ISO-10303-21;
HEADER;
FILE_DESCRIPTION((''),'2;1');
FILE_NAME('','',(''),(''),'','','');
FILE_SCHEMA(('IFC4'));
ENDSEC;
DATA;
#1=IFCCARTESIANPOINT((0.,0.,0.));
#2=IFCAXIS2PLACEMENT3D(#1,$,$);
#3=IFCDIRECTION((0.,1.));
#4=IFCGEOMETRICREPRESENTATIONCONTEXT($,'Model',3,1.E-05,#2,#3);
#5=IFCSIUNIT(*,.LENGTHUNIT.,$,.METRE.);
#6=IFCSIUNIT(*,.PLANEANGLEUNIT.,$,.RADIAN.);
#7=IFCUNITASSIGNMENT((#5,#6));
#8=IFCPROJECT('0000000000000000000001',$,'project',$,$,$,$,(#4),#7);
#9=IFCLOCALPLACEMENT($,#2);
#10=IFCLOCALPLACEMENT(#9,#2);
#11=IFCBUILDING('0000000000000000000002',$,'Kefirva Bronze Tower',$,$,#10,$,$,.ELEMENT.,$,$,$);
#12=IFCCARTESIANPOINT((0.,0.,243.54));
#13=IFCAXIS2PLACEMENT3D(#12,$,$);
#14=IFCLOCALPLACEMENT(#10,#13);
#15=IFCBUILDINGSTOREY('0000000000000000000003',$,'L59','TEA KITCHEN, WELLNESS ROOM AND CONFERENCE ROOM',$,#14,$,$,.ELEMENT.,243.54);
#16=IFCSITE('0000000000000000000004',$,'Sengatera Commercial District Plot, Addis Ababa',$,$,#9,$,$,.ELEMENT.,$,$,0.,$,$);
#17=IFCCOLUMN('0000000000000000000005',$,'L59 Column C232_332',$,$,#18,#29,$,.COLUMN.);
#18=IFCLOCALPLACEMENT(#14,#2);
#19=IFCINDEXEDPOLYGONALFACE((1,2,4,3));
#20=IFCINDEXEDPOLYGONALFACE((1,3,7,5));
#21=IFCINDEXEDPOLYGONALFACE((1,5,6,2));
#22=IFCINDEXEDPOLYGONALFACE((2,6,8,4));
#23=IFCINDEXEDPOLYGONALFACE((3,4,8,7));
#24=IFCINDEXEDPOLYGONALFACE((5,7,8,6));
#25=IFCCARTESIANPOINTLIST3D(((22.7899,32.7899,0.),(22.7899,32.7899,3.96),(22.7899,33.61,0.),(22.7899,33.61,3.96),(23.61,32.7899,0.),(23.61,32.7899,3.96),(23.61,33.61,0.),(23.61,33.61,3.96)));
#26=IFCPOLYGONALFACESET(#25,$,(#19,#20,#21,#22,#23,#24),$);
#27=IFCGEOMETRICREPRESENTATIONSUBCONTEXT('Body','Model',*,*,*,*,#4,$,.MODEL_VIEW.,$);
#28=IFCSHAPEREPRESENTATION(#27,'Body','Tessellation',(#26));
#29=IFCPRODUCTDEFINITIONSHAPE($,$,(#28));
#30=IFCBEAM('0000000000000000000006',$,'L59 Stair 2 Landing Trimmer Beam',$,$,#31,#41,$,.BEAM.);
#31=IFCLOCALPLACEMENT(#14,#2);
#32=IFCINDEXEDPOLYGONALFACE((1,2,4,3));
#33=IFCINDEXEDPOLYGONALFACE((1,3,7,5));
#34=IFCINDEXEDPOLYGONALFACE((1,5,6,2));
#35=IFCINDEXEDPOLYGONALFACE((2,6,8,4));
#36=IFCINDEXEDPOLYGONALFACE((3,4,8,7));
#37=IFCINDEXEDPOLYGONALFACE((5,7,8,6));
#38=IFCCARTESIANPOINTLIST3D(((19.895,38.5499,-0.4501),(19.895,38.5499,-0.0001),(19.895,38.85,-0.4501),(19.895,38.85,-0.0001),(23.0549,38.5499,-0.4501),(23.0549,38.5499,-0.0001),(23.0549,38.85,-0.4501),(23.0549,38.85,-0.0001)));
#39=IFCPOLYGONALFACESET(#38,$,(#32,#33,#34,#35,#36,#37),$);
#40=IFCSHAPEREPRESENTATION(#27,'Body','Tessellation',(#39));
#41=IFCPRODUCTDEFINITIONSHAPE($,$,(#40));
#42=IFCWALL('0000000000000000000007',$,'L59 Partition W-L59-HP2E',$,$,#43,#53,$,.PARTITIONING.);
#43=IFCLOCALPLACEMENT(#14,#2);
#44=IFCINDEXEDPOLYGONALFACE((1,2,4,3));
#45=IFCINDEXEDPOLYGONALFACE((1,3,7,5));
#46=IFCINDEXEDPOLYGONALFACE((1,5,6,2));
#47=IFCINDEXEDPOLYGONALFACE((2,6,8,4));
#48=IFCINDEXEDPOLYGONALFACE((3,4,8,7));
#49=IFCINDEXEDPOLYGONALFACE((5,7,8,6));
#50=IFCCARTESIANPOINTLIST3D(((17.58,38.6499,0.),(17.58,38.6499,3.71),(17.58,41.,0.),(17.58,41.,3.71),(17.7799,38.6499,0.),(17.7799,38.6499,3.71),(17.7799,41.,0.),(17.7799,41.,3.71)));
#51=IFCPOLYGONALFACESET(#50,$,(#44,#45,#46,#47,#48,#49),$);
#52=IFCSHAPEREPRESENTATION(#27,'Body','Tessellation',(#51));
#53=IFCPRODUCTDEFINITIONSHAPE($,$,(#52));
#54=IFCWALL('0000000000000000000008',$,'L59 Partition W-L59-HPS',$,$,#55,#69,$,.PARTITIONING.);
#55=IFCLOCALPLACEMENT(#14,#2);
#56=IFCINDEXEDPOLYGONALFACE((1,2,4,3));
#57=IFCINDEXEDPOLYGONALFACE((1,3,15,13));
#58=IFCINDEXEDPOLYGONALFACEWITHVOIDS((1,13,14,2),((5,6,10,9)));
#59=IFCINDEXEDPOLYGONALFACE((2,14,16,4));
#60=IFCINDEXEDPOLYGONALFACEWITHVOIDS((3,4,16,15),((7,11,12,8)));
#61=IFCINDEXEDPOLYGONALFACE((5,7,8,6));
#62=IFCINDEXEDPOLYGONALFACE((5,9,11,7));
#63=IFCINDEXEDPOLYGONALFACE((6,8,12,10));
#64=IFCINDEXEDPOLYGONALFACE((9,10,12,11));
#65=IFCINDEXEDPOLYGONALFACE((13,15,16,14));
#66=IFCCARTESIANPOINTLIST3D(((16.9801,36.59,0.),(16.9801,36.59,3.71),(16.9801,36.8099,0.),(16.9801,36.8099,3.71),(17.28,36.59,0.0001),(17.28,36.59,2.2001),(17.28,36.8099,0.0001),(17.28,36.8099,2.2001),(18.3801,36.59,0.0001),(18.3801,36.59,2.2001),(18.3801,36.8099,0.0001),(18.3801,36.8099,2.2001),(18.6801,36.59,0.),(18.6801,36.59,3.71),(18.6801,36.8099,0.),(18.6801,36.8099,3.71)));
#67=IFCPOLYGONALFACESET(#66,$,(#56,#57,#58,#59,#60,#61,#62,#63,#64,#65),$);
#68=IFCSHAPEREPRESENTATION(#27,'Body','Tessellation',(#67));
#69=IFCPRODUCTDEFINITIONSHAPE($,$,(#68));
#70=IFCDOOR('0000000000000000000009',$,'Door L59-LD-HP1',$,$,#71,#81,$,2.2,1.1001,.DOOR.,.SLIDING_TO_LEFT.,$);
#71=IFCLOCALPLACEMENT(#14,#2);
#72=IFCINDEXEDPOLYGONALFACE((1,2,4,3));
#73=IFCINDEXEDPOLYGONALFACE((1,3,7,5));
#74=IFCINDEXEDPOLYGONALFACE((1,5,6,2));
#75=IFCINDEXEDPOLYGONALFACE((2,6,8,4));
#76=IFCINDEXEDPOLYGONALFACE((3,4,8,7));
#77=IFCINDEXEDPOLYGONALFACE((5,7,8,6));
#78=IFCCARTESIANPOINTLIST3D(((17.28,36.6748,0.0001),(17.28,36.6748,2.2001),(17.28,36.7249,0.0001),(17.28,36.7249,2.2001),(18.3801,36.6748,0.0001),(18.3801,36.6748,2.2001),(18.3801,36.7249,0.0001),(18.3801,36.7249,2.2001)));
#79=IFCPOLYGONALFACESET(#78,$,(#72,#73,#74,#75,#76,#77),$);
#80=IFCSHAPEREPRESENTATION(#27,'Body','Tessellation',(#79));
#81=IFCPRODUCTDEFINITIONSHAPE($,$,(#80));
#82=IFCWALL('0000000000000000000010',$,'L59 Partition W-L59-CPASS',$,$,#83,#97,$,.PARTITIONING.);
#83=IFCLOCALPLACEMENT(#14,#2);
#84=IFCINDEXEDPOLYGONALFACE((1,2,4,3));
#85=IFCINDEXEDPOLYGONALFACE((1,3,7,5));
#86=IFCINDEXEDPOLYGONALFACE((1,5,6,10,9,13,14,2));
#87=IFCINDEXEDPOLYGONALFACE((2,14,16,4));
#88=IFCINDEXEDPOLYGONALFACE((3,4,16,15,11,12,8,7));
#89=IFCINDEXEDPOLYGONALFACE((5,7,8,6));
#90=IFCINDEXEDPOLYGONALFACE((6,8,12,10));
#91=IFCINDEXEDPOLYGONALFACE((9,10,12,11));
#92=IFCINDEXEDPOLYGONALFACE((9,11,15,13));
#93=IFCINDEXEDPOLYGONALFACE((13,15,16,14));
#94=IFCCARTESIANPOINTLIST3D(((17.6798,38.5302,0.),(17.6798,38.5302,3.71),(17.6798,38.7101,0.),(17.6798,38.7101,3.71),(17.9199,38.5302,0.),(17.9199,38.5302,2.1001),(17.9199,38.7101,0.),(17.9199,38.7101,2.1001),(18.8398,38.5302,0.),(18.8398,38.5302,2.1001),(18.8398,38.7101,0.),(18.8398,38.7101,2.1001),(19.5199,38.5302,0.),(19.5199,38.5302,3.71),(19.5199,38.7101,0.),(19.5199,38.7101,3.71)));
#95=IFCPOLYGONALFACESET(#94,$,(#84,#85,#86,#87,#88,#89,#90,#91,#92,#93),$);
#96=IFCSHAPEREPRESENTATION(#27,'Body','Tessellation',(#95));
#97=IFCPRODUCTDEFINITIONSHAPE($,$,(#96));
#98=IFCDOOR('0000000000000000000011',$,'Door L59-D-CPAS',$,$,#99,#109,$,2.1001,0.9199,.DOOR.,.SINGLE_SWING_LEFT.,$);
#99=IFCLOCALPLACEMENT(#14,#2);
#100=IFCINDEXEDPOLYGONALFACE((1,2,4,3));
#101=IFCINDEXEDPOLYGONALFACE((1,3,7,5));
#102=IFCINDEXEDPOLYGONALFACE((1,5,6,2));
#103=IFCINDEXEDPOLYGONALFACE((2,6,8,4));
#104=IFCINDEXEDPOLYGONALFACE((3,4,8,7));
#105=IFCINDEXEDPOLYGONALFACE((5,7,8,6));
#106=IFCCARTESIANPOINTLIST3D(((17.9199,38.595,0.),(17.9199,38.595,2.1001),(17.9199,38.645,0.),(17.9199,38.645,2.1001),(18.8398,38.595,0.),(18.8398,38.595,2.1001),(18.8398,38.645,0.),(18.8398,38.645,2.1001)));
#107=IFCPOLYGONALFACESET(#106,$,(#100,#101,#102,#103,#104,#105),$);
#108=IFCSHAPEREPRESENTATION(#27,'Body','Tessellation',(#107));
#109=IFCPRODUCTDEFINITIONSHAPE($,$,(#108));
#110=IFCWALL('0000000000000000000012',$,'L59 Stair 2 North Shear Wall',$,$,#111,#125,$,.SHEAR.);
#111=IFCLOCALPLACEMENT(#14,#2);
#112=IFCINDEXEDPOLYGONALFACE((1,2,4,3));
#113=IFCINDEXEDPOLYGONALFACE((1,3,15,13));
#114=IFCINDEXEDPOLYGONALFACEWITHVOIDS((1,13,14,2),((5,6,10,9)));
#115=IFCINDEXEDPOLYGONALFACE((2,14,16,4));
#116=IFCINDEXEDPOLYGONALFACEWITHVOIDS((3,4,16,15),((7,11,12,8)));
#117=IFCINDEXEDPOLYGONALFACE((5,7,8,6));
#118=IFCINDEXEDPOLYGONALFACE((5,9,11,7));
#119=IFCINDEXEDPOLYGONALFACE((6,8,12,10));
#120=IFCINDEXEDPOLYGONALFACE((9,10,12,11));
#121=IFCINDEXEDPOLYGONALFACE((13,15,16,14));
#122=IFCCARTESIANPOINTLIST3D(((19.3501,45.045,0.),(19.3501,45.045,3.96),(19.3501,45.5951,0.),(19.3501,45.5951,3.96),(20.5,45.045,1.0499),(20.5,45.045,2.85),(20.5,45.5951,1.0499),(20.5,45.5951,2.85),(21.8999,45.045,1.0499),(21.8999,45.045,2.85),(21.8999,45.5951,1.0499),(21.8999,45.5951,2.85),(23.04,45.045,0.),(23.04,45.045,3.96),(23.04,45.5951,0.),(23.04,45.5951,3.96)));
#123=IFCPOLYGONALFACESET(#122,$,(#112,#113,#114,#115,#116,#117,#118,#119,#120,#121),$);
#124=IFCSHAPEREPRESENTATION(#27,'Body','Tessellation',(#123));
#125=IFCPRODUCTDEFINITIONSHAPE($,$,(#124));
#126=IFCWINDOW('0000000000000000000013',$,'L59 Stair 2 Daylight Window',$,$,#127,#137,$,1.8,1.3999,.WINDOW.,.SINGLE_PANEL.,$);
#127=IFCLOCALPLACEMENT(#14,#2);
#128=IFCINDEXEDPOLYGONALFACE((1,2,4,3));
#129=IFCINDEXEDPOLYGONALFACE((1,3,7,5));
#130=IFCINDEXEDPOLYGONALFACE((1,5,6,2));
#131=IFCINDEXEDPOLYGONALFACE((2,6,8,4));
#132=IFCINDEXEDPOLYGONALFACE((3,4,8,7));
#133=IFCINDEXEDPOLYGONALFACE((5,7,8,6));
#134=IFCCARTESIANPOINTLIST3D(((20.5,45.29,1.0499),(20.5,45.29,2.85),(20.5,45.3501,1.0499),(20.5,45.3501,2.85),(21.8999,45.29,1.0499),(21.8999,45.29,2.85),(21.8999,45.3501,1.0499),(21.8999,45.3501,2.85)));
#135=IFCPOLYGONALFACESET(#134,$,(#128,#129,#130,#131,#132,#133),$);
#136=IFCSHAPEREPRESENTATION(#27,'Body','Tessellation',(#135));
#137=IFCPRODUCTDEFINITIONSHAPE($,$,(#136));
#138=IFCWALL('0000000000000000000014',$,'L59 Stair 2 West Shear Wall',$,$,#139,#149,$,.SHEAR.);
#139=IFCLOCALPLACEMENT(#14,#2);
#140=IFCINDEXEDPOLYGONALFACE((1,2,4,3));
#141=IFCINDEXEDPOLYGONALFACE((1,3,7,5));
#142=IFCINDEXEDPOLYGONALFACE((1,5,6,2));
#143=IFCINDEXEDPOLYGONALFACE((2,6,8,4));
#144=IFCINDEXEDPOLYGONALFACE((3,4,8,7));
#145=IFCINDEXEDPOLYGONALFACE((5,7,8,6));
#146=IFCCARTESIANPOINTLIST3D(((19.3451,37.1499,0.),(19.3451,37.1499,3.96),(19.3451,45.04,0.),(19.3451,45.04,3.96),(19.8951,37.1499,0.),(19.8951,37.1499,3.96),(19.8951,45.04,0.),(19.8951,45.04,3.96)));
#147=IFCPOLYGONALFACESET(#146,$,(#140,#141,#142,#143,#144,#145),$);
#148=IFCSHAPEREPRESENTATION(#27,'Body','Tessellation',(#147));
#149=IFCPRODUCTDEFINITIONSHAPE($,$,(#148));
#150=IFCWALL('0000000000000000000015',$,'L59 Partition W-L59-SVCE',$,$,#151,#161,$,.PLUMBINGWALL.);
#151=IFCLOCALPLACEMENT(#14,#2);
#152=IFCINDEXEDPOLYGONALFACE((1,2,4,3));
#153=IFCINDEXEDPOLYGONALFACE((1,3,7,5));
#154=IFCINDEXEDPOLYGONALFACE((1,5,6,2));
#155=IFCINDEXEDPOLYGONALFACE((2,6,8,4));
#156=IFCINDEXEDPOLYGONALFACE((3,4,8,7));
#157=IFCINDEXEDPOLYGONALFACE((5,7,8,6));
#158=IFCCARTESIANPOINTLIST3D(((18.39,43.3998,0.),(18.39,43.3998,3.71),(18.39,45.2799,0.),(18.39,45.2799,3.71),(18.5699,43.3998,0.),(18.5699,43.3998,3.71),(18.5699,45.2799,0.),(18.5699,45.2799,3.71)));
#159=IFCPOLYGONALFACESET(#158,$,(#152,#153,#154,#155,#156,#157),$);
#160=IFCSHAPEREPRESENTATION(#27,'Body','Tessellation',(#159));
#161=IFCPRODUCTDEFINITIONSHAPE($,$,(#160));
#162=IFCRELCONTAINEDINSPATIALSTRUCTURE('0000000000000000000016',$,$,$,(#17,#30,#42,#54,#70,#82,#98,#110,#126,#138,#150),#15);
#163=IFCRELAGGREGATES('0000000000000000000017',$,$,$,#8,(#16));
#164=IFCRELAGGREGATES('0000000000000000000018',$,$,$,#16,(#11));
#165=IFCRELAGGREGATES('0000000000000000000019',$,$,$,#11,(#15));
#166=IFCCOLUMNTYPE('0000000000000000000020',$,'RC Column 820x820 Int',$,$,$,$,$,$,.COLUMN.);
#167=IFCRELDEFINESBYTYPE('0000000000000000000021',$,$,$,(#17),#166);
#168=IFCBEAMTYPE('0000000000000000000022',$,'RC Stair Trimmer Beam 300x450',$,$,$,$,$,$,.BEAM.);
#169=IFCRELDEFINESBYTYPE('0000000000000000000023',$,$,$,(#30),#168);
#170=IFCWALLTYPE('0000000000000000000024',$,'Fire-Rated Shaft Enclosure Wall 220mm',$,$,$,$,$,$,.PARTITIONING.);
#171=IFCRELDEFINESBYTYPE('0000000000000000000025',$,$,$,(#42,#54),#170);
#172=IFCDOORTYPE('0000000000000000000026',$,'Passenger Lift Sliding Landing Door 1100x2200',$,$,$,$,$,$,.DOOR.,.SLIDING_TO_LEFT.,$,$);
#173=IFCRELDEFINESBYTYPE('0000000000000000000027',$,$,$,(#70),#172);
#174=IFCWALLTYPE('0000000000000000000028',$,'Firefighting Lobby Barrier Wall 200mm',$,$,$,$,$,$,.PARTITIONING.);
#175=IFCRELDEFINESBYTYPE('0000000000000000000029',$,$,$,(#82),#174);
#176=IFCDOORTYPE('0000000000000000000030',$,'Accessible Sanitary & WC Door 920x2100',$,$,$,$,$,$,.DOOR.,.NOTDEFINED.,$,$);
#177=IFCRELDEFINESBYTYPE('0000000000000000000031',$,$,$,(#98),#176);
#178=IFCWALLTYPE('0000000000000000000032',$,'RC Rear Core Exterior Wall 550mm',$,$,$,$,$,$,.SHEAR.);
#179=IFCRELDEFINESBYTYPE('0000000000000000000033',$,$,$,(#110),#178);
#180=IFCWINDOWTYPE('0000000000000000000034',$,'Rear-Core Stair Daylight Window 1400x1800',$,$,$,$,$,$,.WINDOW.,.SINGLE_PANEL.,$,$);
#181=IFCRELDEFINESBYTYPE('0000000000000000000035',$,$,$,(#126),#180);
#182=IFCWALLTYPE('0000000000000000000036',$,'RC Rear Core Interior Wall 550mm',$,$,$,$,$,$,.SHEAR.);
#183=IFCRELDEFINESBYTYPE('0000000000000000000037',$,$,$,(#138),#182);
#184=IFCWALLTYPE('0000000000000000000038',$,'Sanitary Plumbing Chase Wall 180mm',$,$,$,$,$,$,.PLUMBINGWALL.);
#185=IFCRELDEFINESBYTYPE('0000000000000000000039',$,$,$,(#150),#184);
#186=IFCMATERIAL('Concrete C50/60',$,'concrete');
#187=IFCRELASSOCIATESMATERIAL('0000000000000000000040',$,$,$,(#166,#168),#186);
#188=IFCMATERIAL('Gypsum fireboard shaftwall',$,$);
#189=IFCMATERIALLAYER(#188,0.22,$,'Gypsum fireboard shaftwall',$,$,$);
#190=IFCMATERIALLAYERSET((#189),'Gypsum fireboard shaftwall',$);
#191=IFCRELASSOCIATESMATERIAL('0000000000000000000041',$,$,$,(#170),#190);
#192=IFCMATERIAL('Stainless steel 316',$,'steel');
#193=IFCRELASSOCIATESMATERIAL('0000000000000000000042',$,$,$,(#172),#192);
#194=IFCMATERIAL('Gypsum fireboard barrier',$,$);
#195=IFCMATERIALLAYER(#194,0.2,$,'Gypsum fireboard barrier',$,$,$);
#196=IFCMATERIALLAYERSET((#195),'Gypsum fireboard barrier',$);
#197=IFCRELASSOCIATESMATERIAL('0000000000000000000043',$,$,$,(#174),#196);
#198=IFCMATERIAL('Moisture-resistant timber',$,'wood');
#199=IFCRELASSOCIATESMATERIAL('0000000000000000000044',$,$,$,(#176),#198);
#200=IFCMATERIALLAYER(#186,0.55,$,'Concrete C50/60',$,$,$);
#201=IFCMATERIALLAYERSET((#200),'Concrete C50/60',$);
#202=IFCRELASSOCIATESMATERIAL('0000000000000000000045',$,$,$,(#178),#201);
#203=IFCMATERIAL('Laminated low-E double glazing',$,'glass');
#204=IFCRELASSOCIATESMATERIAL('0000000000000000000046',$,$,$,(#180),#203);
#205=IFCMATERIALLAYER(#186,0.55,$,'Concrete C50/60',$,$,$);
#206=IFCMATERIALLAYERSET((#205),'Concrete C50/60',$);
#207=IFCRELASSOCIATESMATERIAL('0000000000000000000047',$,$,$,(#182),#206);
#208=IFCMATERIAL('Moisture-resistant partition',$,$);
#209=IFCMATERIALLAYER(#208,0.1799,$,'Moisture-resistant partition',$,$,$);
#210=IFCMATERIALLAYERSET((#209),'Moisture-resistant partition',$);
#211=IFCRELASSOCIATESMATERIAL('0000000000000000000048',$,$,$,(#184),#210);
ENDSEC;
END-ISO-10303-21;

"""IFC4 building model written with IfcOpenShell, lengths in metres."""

from ifc_helpers import new_model, si_unit, direction, frame, frame_2d, origin, origin_2d, place, context, subcontext, project, spatial, rectangle, extrude, material, layer, layer_set, material_profile, profile_set, type_object, element, fill, save


model = new_model("IFC4")

# Units and contexts
model_context = context("Model", 3, precision=1e-05, world=origin(), true_north=direction((0.0, 1.0)))
body_context = subcontext(model_context, "Body", "Model", "MODEL_VIEW")
ifc_project = project(units=[si_unit("LENGTHUNIT", "METRE"), si_unit("PLANEANGLEUNIT", "RADIAN")], contexts=[model_context])

# Site, building, storey
site_placement = place(None, origin())
site = spatial("IfcSite", under=ifc_project, at=site_placement, Name="Sengatera Commercial District Plot, Addis Ababa", CompositionType="ELEMENT", RefElevation=0.0)
building_placement = place(site_placement, origin())
building = spatial("IfcBuilding", under=site, at=building_placement, Name="Kefirva Bronze Tower", CompositionType="ELEMENT")
storey_placement = place(building_placement, frame((0.0, 0.0, 243.54)))
storey = spatial("IfcBuildingStorey", under=building, at=storey_placement, Name="L59", Description="TEA KITCHEN, WELLNESS ROOM AND CONFERENCE ROOM", CompositionType="ELEMENT", Elevation=243.54)

# Column
ifc_material_1 = material(Name="Concrete C50/60", Category="concrete")
ifc_material_profile_1 = material_profile(ifc_material_1, rectangle(XDim=0.8201, YDim=0.8201, at=origin_2d()), Name="RC 820x820")
ifc_profile_set_1 = profile_set([ifc_material_profile_1], Name="Concrete C50/60")
column_type = type_object("IfcColumnType", Name="RC Column 820x820 Int", PredefinedType="COLUMN", material=ifc_profile_set_1)
column_placement = place(storey_placement, frame((23.2, 33.2, 0.0), z_axis=(0.0, 0.0, 1.0), x_axis=(1.0, 0.0, 0.0)))
element("IfcColumn", 1, at=column_placement, inside=storey, type_object=column_type, Name="L59 Column C232_332", PredefinedType="COLUMN", context=body_context, shape_type="SweptSolid", body=[
    extrude(rectangle(XDim=0.8201, YDim=0.8201, at=origin_2d()), origin(), (0.0, 0.0, 1.0), 3.96),
])

# Beam
ifc_material_profile_2 = material_profile(ifc_material_1, rectangle(XDim=0.3, YDim=0.45, at=origin_2d()), Name="RC 300x450")
ifc_profile_set_2 = profile_set([ifc_material_profile_2], Name="Concrete C50/60")
beam_type = type_object("IfcBeamType", Name="RC Stair Trimmer Beam 300x450", PredefinedType="BEAM", material=ifc_profile_set_2)
beam_placement = place(storey_placement, frame((19.895, 38.7, -0.2251), z_axis=(1.0, 0.0, 0.0), x_axis=(0.0, 1.0, 0.0)))
element("IfcBeam", 2, at=beam_placement, inside=storey, type_object=beam_type, Name="L59 Stair 2 Landing Trimmer Beam", PredefinedType="BEAM", context=body_context, shape_type="SweptSolid", body=[
    extrude(rectangle(XDim=0.3, YDim=0.45, at=origin_2d()), origin(), (0.0, 0.0, 1.0), 3.1599),
])

# Shared definitions
ifc_material_2 = material(Name="Gypsum fireboard shaftwall")
ifc_layer_1 = layer(ifc_material_2, 0.22, Name="Gypsum fireboard shaftwall")
ifc_layer_set_1 = layer_set([ifc_layer_1], Name="Gypsum fireboard shaftwall")
wall_type_1 = type_object("IfcWallType", Name="Fire-Rated Shaft Enclosure Wall 220mm", PredefinedType="PARTITIONING", material=ifc_layer_set_1)

# Wall
wall_1_placement = place(storey_placement, frame((17.6799, 38.6499, 0.0), z_axis=(0.0, 0.0, 1.0), x_axis=(0.0, 1.0, 0.0)))
element("IfcWall", 3, at=wall_1_placement, inside=storey, type_object=wall_type_1, Name="L59 Partition W-L59-HP2E", PredefinedType="PARTITIONING", context=body_context, shape_type="SweptSolid", body=[
    extrude(rectangle(XDim=2.3501, YDim=0.2, at=frame_2d((1.175, 0.0))), origin(), (0.0, 0.0, 1.0), 3.71),
])

# Walls, openings, doors
wall_2_placement = place(storey_placement, frame((16.98, 36.7, 0.0), z_axis=(0.0, 0.0, 1.0), x_axis=(1.0, 0.0, 0.0)))
wall_2 = element("IfcWall", 4, at=wall_2_placement, inside=storey, type_object=wall_type_1, Name="L59 Partition W-L59-HPS", PredefinedType="PARTITIONING", context=body_context, shape_type="SweptSolid", body=[
    extrude(rectangle(XDim=1.7, YDim=0.22, at=frame_2d((0.8501, 0.0))), origin(), (0.0, 0.0, 1.0), 3.71),
])
opening_1_placement = place(wall_2_placement, frame((0.3, 0.0, 0.0)))
opening_1 = element("IfcOpeningElement", 5, at=opening_1_placement, cuts=wall_2, PredefinedType="OPENING", context=body_context, shape_type="SweptSolid", body=[
    extrude(rectangle(XDim=1.1001, YDim=2.2, at=frame_2d((0.55, 1.1001))), frame((0.0, 0.1201, 0.0), z_axis=(0.0, -1.0, 0.0), x_axis=(1.0, 0.0, 0.0)), (0.0, 0.0, 1.0), 0.24),
])
ifc_material_3 = material(Name="Stainless steel 316", Category="steel")
door_type_1 = type_object("IfcDoorType", Name="Passenger Lift Sliding Landing Door 1100x2200", OperationType="SLIDING_TO_LEFT", PredefinedType="DOOR", material=ifc_material_3)
door_1_placement = place(opening_1_placement, origin())
door_1 = element("IfcDoor", 6, at=door_1_placement, inside=storey, type_object=door_type_1, Name="Door L59-LD-HP1", OperationType="SLIDING_TO_LEFT", OverallHeight=2.2, OverallWidth=1.1001, PredefinedType="DOOR", context=body_context, shape_type="SweptSolid", body=[
    extrude(rectangle(XDim=1.1001, YDim=2.2, at=frame_2d((0.55, 1.1001))), frame((0.0, 0.0249, 0.0), z_axis=(0.0, -1.0, 0.0), x_axis=(1.0, 0.0, 0.0)), (0.0, 0.0, 1.0), 0.05),
])
fill(opening_1, door_1)
ifc_material_4 = material(Name="Gypsum fireboard barrier")
ifc_layer_2 = layer(ifc_material_4, 0.2, Name="Gypsum fireboard barrier")
ifc_layer_set_2 = layer_set([ifc_layer_2], Name="Gypsum fireboard barrier")
wall_type_2 = type_object("IfcWallType", Name="Firefighting Lobby Barrier Wall 200mm", PredefinedType="PARTITIONING", material=ifc_layer_set_2)
wall_3_placement = place(storey_placement, frame((17.6799, 38.6201, 0.0), z_axis=(0.0, 0.0, 1.0), x_axis=(1.0, 0.0, 0.0)))
wall_3 = element("IfcWall", 7, at=wall_3_placement, inside=storey, type_object=wall_type_2, Name="L59 Partition W-L59-CPASS", PredefinedType="PARTITIONING", context=body_context, shape_type="SweptSolid", body=[
    extrude(rectangle(XDim=1.8401, YDim=0.1799, at=frame_2d((0.9199, 0.0))), origin(), (0.0, 0.0, 1.0), 3.71),
])
opening_2_placement = place(wall_3_placement, frame((0.24, 0.0, 0.0)))
opening_2 = element("IfcOpeningElement", 8, at=opening_2_placement, cuts=wall_3, PredefinedType="OPENING", context=body_context, shape_type="SweptSolid", body=[
    extrude(rectangle(XDim=0.9199, YDim=2.1001, at=frame_2d((0.46, 1.05))), frame((0.0, 0.1001, 0.0), z_axis=(0.0, -1.0, 0.0), x_axis=(1.0, 0.0, 0.0)), (0.0, 0.0, 1.0), 0.2),
])
ifc_material_5 = material(Name="Moisture-resistant timber", Category="wood")
door_type_2 = type_object("IfcDoorType", Name="Accessible Sanitary & WC Door 920x2100", OperationType="NOTDEFINED", PredefinedType="DOOR", material=ifc_material_5)
door_2_placement = place(opening_2_placement, origin())
door_2 = element("IfcDoor", 9, at=door_2_placement, inside=storey, type_object=door_type_2, Name="Door L59-D-CPAS", OperationType="SINGLE_SWING_LEFT", OverallHeight=2.1001, OverallWidth=0.9199, PredefinedType="DOOR", context=body_context, shape_type="SweptSolid", body=[
    extrude(rectangle(XDim=0.9199, YDim=2.1001, at=frame_2d((0.46, 1.05))), frame((0.0, 0.0249, 0.0), z_axis=(0.0, -1.0, 0.0), x_axis=(1.0, 0.0, 0.0)), (0.0, 0.0, 1.0), 0.05),
])
fill(opening_2, door_2)

# Wall, opening, window
ifc_layer_3 = layer(ifc_material_1, 0.55, Name="Concrete C50/60")
ifc_layer_set_3 = layer_set([ifc_layer_3], Name="Concrete C50/60")
wall_type_3 = type_object("IfcWallType", Name="RC Rear Core Exterior Wall 550mm", PredefinedType="SHEAR", material=ifc_layer_set_3)
wall_4_placement = place(storey_placement, frame((19.3501, 45.3201, 0.0), z_axis=(0.0, 0.0, 1.0), x_axis=(1.0, 0.0, 0.0)))
wall_4 = element("IfcWall", 10, at=wall_4_placement, inside=storey, type_object=wall_type_3, Name="L59 Stair 2 North Shear Wall", PredefinedType="SHEAR", context=body_context, shape_type="SweptSolid", body=[
    extrude(rectangle(XDim=3.6899, YDim=0.55, at=frame_2d((1.845, 0.0))), origin(), (0.0, 0.0, 1.0), 3.96),
])
opening_3_placement = place(wall_4_placement, frame((1.1499, 0.0, 1.05)))
opening_3 = element("IfcOpeningElement", 11, at=opening_3_placement, cuts=wall_4, PredefinedType="OPENING", context=body_context, shape_type="SweptSolid", body=[
    extrude(rectangle(XDim=1.3999, YDim=1.8, at=frame_2d((0.7, 0.8999))), frame((0.0, 0.2852, 0.0), z_axis=(0.0, -1.0, 0.0), x_axis=(1.0, 0.0, 0.0)), (0.0, 0.0, 1.0), 0.5701),
])
ifc_material_6 = material(Name="Laminated low-E double glazing", Category="glass")
window_type = type_object("IfcWindowType", Name="Rear-Core Stair Daylight Window 1400x1800", PartitioningType="SINGLE_PANEL", PredefinedType="WINDOW", material=ifc_material_6)
window_placement = place(opening_3_placement, origin())
window = element("IfcWindow", 12, at=window_placement, inside=storey, type_object=window_type, Name="L59 Stair 2 Daylight Window", OverallHeight=1.8, OverallWidth=1.3999, PartitioningType="SINGLE_PANEL", PredefinedType="WINDOW", context=body_context, shape_type="SweptSolid", body=[
    extrude(rectangle(XDim=1.3999, YDim=1.8, at=frame_2d((0.7, 0.8999))), frame((0.0, 0.03, 0.0), z_axis=(0.0, -1.0, 0.0), x_axis=(1.0, 0.0, 0.0)), (0.0, 0.0, 1.0), 0.0601),
])
fill(opening_3, window)

# Walls
ifc_layer_4 = layer(ifc_material_1, 0.55, Name="Concrete C50/60")
ifc_layer_set_4 = layer_set([ifc_layer_4], Name="Concrete C50/60")
wall_type_4 = type_object("IfcWallType", Name="RC Rear Core Interior Wall 550mm", PredefinedType="SHEAR", material=ifc_layer_set_4)
wall_5_placement = place(storey_placement, frame((19.6201, 37.1499, 0.0), z_axis=(0.0, 0.0, 1.0), x_axis=(0.0, 1.0, 0.0)))
element("IfcWall", 13, at=wall_5_placement, inside=storey, type_object=wall_type_4, Name="L59 Stair 2 West Shear Wall", PredefinedType="SHEAR", context=body_context, shape_type="SweptSolid", body=[
    extrude(rectangle(XDim=7.8901, YDim=0.55, at=frame_2d((3.9451, 0.0))), origin(), (0.0, 0.0, 1.0), 3.96),
])
ifc_material_7 = material(Name="Moisture-resistant partition")
ifc_layer_5 = layer(ifc_material_7, 0.1799, Name="Moisture-resistant partition")
ifc_layer_set_5 = layer_set([ifc_layer_5], Name="Moisture-resistant partition")
wall_type_5 = type_object("IfcWallType", Name="Sanitary Plumbing Chase Wall 180mm", PredefinedType="PLUMBINGWALL", material=ifc_layer_set_5)
for number, where, z_axis, x_axis, name in (
    (14, (18.48, 43.3999, 0.0), (0.0, 0.0, 1.0), (0.0, 1.0, 0.0), "L59 Partition W-L59-SVCE"),
):
    element("IfcWall", number, at=place(storey_placement, frame(where, z_axis=z_axis, x_axis=x_axis)), inside=storey, type_object=wall_type_5, Name=name, PredefinedType="PLUMBINGWALL", context=body_context, shape_type="SweptSolid", body=[
        extrude(rectangle(XDim=1.8801, YDim=0.1799, at=frame_2d((0.9399, 0.0))), origin(), (0.0, 0.0, 1.0), 3.71),
    ])

save(model, "model.ifc")
